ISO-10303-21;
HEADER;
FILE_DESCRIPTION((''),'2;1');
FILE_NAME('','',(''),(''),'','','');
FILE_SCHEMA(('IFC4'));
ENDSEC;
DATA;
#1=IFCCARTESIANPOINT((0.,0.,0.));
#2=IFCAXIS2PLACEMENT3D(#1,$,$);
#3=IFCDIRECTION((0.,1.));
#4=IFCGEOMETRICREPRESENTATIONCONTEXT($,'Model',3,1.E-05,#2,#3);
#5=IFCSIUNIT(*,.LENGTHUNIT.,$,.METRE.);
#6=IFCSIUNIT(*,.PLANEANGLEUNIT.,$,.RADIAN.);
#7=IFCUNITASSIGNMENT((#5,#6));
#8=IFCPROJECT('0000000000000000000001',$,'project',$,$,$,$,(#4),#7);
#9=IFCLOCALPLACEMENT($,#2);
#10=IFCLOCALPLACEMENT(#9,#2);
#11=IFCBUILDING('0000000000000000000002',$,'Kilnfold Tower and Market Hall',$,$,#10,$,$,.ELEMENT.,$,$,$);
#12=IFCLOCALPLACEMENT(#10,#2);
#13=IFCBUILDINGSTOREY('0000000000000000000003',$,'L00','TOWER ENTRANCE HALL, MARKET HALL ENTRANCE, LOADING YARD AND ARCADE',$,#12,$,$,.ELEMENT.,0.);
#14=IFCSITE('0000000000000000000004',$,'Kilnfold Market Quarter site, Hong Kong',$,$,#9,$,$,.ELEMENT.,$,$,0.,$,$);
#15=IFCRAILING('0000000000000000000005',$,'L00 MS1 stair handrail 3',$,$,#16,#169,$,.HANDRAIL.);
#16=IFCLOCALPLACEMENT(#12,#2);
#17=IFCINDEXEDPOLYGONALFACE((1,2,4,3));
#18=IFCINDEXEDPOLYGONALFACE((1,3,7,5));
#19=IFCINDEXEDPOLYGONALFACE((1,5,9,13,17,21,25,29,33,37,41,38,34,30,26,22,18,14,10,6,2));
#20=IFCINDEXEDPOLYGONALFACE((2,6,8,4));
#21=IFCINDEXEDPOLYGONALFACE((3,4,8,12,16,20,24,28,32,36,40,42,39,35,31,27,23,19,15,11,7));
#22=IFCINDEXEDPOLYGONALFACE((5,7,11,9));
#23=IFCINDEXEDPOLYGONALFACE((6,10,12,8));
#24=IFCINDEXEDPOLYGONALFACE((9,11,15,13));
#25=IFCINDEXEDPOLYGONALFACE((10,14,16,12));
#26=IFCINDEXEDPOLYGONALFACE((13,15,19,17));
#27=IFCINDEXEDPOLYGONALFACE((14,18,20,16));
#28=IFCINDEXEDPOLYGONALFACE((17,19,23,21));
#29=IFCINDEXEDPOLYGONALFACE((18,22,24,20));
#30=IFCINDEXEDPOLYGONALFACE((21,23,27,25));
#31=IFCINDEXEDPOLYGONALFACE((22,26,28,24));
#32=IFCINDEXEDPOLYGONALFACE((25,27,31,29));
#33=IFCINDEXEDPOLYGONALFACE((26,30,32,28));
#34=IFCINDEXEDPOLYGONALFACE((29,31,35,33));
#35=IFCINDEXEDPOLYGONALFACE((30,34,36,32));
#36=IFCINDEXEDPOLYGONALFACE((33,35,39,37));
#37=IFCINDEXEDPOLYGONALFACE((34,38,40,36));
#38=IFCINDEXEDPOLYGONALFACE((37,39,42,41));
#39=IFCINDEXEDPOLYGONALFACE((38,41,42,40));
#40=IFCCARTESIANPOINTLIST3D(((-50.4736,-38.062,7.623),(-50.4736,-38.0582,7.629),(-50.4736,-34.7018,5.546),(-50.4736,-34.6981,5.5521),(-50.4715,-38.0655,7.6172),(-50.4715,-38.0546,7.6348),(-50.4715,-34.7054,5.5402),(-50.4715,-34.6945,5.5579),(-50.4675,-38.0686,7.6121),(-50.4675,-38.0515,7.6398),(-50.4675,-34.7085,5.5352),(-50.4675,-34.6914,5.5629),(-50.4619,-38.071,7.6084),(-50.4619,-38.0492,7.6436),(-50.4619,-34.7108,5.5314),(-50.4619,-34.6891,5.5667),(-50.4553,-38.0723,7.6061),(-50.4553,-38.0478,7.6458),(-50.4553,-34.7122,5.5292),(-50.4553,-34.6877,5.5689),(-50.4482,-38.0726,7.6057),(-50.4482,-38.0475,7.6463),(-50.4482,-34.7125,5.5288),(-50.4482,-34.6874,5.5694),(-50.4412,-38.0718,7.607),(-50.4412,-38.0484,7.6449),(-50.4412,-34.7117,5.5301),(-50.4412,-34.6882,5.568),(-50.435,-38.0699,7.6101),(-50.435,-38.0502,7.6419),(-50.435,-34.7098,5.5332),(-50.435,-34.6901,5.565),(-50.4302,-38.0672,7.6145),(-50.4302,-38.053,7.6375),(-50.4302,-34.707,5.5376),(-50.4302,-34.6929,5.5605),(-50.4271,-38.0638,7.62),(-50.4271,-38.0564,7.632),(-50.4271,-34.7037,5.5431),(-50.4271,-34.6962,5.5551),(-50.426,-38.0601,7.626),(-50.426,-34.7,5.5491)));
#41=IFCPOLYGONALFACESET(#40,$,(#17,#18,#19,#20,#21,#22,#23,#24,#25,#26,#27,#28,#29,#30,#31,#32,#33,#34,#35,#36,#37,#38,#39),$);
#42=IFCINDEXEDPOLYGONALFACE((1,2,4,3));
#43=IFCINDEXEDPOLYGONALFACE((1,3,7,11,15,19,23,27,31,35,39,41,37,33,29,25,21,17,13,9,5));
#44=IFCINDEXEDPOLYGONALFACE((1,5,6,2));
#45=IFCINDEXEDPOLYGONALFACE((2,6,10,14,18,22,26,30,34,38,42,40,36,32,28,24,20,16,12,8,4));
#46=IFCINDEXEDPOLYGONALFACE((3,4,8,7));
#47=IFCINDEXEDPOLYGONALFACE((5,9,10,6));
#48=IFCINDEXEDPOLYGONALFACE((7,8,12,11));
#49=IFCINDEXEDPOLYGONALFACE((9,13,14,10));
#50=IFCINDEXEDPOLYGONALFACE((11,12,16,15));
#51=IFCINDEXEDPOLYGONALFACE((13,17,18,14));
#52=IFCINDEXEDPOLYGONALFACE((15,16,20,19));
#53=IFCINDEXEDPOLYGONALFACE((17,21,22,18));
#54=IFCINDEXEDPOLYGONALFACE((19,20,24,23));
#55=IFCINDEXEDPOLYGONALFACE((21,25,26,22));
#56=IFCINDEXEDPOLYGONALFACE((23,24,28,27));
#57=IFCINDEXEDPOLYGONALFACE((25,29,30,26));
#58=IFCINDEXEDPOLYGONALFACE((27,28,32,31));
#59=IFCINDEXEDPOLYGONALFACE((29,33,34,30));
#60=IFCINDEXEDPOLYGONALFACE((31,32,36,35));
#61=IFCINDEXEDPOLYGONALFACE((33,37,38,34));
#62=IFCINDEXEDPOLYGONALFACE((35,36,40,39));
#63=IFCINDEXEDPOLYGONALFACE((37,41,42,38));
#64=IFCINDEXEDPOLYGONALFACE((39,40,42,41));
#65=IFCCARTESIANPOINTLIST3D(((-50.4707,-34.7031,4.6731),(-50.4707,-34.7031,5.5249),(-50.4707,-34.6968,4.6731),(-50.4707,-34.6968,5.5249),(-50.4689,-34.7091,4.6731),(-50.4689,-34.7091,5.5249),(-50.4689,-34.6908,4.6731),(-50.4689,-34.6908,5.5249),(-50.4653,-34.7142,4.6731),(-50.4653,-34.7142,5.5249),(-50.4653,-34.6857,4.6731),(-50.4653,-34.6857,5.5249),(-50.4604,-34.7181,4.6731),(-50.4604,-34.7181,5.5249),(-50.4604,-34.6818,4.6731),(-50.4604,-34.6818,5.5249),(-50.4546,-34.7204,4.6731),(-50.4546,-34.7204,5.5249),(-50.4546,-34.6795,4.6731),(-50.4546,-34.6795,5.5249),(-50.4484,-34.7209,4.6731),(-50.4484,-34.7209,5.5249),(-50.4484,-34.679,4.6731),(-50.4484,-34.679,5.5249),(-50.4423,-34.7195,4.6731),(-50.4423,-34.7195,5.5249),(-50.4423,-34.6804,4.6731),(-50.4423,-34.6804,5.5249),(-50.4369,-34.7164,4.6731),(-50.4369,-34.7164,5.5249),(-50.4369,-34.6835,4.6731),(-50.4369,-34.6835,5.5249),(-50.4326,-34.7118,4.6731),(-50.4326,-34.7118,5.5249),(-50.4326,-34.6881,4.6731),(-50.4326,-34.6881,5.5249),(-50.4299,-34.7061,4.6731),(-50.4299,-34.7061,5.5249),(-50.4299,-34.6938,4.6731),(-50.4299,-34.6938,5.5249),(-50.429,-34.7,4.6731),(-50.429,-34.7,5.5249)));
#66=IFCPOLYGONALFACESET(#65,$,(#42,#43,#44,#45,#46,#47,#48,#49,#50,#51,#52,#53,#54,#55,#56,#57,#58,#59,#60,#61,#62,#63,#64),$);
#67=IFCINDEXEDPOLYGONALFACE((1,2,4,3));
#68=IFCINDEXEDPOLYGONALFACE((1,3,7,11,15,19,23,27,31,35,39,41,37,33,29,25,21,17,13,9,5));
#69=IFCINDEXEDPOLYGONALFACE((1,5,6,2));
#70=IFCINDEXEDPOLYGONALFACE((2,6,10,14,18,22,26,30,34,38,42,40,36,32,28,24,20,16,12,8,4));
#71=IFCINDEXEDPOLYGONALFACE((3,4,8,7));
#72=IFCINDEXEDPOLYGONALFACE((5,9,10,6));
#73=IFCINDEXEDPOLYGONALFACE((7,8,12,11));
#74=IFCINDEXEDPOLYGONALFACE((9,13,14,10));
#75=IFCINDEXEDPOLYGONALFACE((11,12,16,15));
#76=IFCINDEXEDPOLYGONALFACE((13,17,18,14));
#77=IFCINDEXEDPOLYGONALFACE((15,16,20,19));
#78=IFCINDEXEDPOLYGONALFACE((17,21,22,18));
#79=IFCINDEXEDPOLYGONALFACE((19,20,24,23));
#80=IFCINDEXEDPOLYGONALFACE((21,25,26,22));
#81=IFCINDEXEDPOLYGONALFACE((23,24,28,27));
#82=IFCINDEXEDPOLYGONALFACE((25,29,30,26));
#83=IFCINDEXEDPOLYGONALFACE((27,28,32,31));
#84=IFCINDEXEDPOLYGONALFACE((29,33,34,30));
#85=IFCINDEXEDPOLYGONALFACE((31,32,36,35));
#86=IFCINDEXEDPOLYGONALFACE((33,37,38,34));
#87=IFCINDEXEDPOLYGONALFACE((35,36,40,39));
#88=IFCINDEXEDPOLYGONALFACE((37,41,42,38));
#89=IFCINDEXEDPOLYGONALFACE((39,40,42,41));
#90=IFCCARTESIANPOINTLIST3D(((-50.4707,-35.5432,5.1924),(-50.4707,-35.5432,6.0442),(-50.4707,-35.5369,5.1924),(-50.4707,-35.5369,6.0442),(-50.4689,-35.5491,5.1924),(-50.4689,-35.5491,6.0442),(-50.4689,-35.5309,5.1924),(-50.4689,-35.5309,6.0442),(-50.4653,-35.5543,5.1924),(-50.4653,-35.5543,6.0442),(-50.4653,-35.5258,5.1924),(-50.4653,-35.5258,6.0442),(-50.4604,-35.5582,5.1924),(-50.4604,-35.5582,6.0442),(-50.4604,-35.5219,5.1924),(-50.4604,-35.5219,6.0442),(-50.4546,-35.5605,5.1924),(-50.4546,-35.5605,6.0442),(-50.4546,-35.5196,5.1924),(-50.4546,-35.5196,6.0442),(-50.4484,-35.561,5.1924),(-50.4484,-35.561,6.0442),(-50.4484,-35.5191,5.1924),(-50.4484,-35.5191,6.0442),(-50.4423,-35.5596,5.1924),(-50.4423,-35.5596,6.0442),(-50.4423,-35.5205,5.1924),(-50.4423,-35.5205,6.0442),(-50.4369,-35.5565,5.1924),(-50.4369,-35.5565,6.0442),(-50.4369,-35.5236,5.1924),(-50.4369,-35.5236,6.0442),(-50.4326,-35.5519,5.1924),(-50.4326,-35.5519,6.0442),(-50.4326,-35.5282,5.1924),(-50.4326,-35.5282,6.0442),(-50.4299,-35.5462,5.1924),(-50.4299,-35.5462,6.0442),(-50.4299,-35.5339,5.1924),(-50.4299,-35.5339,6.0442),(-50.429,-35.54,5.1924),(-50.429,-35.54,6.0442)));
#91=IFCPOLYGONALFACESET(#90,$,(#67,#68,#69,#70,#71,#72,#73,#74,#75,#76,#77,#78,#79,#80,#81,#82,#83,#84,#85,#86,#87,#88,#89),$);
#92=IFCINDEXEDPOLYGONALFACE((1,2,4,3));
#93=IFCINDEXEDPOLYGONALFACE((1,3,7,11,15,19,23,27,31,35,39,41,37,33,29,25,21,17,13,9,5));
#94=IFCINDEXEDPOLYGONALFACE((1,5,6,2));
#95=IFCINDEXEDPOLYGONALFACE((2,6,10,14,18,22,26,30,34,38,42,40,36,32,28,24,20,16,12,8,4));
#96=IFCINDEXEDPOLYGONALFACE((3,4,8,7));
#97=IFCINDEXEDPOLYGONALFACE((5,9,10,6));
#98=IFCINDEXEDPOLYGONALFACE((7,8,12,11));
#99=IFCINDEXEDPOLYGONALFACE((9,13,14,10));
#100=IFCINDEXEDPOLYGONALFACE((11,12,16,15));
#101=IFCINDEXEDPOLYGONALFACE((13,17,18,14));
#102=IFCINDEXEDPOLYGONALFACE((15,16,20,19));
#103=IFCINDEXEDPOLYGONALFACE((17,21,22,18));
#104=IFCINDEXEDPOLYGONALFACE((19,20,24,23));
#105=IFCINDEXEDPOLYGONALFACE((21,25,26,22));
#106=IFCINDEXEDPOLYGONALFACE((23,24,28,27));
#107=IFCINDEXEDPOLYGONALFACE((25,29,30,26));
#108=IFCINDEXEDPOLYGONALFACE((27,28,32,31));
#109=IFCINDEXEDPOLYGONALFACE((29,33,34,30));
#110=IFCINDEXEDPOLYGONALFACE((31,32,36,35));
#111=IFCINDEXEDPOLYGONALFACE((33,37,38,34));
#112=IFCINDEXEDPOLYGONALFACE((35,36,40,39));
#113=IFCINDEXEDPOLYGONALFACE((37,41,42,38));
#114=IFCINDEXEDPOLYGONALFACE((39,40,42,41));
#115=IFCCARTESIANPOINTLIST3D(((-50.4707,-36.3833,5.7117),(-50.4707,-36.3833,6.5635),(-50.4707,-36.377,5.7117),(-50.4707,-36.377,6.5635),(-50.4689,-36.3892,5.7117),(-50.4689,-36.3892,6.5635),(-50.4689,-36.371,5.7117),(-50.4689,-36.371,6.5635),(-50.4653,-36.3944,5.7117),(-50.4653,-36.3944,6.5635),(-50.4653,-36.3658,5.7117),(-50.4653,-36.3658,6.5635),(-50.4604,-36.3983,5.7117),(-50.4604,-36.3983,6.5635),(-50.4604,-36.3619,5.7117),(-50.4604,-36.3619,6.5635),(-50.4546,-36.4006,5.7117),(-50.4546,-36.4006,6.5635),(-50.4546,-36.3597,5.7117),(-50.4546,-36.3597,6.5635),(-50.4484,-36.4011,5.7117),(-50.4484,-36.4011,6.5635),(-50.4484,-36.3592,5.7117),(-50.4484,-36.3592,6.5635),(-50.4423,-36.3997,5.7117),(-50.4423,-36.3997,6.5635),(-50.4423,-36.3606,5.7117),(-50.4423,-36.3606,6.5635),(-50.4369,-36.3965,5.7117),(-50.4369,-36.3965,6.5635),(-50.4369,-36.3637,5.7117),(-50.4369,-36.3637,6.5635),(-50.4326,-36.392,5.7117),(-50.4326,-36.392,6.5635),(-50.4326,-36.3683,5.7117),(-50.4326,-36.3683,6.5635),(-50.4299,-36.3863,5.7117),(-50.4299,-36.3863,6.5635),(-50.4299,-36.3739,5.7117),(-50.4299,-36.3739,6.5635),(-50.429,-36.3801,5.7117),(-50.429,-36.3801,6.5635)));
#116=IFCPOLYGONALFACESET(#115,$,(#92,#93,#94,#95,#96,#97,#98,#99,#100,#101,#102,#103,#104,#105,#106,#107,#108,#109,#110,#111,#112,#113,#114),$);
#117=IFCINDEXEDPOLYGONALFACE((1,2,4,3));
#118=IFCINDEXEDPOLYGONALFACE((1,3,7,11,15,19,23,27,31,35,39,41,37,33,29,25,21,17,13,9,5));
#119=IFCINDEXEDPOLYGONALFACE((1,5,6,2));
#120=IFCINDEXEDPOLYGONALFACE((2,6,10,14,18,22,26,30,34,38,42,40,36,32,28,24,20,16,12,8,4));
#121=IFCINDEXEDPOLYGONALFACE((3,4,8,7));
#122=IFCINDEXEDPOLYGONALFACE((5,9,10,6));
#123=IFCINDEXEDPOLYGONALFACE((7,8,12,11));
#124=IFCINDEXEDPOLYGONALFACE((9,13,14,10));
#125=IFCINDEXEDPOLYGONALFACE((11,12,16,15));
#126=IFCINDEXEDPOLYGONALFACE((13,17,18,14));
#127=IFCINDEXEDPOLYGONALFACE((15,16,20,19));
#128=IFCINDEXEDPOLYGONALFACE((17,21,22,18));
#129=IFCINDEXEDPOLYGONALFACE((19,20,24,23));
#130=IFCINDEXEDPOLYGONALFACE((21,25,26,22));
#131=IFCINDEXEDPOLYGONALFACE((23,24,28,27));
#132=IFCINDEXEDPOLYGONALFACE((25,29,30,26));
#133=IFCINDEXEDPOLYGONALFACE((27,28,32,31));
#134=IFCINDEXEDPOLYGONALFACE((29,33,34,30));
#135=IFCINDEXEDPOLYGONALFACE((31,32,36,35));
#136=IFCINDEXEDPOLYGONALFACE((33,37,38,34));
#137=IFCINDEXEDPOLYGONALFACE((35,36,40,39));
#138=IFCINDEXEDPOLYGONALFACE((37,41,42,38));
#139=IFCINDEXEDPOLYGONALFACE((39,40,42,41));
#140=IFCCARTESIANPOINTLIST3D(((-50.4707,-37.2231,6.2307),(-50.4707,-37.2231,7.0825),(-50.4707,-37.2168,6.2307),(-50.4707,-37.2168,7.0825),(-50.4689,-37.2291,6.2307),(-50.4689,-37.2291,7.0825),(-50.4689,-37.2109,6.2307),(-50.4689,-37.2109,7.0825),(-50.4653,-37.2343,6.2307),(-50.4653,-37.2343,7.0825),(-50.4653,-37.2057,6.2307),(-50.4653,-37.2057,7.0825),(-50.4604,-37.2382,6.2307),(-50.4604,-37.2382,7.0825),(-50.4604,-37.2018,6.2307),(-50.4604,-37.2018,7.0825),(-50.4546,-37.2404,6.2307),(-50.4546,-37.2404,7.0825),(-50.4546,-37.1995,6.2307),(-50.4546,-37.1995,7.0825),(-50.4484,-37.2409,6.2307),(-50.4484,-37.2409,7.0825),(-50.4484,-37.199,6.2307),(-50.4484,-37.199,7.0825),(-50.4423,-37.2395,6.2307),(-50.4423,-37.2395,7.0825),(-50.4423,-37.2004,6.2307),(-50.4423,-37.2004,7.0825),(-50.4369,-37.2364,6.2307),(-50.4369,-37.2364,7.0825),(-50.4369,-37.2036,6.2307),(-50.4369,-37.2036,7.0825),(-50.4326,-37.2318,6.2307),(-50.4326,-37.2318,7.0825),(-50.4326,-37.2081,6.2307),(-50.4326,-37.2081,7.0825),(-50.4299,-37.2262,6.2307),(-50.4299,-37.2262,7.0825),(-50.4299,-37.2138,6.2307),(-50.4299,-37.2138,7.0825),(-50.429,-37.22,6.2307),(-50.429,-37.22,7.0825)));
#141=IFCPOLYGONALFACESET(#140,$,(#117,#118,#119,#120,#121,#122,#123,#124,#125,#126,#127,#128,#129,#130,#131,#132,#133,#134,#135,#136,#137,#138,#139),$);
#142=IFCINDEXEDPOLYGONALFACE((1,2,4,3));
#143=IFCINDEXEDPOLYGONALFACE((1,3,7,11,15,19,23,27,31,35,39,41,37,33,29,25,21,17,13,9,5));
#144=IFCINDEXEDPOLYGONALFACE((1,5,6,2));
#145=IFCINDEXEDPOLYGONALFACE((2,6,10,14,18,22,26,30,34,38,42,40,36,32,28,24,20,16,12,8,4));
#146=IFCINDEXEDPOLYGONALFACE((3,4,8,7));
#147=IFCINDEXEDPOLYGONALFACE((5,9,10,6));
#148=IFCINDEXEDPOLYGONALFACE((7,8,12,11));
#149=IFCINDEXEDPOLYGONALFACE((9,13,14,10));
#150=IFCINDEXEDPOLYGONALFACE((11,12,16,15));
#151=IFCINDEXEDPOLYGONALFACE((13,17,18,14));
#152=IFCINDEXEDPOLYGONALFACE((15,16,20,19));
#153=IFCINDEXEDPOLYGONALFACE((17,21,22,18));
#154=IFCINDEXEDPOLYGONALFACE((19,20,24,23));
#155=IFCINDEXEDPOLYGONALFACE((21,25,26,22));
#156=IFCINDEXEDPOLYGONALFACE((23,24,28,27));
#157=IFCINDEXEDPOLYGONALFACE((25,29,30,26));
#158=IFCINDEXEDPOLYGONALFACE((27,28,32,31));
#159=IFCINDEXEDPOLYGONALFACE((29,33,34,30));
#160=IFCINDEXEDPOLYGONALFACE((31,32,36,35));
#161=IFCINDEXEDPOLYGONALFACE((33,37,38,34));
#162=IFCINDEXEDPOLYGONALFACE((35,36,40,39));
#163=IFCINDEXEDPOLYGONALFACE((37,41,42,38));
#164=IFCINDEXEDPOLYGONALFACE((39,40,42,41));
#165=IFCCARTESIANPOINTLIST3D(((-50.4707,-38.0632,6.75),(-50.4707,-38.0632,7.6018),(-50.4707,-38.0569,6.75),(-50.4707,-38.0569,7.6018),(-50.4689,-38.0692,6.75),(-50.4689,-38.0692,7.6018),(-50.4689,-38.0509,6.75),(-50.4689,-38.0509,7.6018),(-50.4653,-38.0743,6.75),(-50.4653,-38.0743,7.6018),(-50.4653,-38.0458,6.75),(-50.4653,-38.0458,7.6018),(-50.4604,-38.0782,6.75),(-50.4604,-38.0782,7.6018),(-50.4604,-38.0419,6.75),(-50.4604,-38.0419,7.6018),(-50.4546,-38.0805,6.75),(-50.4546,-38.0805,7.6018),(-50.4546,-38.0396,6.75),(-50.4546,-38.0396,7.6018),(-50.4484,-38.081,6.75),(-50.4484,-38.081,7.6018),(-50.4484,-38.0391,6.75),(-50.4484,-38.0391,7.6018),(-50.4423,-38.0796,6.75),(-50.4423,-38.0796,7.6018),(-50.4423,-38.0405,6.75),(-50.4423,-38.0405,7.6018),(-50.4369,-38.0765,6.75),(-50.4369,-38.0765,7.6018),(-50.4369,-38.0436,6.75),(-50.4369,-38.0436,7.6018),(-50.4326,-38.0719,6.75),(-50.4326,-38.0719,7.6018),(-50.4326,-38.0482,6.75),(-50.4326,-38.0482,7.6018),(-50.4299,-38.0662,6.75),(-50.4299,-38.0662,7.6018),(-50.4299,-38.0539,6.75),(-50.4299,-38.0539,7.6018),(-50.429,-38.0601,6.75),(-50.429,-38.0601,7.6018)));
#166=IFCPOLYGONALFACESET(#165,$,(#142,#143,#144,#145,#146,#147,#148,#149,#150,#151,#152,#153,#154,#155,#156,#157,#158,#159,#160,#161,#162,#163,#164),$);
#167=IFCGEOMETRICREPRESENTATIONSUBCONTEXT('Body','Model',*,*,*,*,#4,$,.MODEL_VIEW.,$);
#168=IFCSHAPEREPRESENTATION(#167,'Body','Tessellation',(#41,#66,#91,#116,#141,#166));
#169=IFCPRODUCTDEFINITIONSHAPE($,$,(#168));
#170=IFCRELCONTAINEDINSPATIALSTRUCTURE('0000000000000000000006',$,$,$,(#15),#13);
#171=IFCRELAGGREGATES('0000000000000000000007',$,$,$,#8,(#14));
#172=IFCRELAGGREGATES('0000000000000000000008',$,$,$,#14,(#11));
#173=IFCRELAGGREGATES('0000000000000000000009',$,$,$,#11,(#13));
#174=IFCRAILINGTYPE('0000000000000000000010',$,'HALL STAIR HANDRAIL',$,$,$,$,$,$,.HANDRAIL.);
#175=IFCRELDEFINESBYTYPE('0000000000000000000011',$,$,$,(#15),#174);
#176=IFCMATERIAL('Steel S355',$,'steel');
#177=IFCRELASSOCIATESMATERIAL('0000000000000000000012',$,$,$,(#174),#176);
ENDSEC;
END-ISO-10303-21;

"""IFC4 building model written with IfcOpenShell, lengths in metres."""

from ifc_helpers import new_model, si_unit, direction, frame, origin, origin_2d, place, context, subcontext, project, spatial, circle, extrude, material, type_object, element, save


model = new_model("IFC4")

# Units and contexts
model_context = context("Model", 3, precision=1e-05, world=origin(), true_north=direction((0.0, 1.0)))
body_context = subcontext(model_context, "Body", "Model", "MODEL_VIEW")
ifc_project = project(units=[si_unit("LENGTHUNIT", "METRE"), si_unit("PLANEANGLEUNIT", "RADIAN")], contexts=[model_context])

# Site, building, storey
site_placement = place(None, origin())
site = spatial("IfcSite", under=ifc_project, at=site_placement, Name="Kilnfold Market Quarter site, Hong Kong", CompositionType="ELEMENT", RefElevation=0.0)
building_placement = place(site_placement, origin())
building = spatial("IfcBuilding", under=site, at=building_placement, Name="Kilnfold Tower and Market Hall", CompositionType="ELEMENT")
storey_placement = place(building_placement, origin())
storey = spatial("IfcBuildingStorey", under=building, at=storey_placement, Name="L00", Description="TOWER ENTRANCE HALL, MARKET HALL ENTRANCE, LOADING YARD AND ARCADE", CompositionType="ELEMENT", Elevation=0.0)

# Railing
ifc_material_1 = material(Name="Steel S355", Category="steel")
railing_type_1 = type_object("IfcRailingType", Name="HALL STAIR HANDRAIL", PredefinedType="HANDRAIL", material=ifc_material_1)
for number, where, name in (
    (1, (-50.45, -34.7, 4.6731), "L00 MS1 stair handrail 3"),
):
    element("IfcRailing", number, at=place(storey_placement, frame(where)), inside=storey, type_object=railing_type_1, Name=name, PredefinedType="HANDRAIL", context=body_context, shape_type="SweptSolid", body=[
        extrude(circle(Radius=0.0239, at=origin_2d()), frame((0.0, 0.0, 0.876), z_axis=(0.0, -0.850623, 0.525776), x_axis=(1.0, 0.0, 0.0)), (0.0, 0.0, 1.0), 3.9502),
        extrude(circle(Radius=0.021, at=origin_2d()), origin(), (0.0, 0.0, 1.0), 0.8518),
        extrude(circle(Radius=0.021, at=origin_2d()), frame((0.0, -0.8401, 0.5193)), (0.0, 0.0, 1.0), 0.8518),
        extrude(circle(Radius=0.021, at=origin_2d()), frame((0.0, -1.6802, 1.0386)), (0.0, 0.0, 1.0), 0.8518),
        extrude(circle(Radius=0.021, at=origin_2d()), frame((0.0, -2.52, 1.5576)), (0.0, 0.0, 1.0), 0.8518),
        extrude(circle(Radius=0.021, at=origin_2d()), frame((0.0, -3.3601, 2.0769)), (0.0, 0.0, 1.0), 0.8518),
    ])

save(model, "model.ifc")
